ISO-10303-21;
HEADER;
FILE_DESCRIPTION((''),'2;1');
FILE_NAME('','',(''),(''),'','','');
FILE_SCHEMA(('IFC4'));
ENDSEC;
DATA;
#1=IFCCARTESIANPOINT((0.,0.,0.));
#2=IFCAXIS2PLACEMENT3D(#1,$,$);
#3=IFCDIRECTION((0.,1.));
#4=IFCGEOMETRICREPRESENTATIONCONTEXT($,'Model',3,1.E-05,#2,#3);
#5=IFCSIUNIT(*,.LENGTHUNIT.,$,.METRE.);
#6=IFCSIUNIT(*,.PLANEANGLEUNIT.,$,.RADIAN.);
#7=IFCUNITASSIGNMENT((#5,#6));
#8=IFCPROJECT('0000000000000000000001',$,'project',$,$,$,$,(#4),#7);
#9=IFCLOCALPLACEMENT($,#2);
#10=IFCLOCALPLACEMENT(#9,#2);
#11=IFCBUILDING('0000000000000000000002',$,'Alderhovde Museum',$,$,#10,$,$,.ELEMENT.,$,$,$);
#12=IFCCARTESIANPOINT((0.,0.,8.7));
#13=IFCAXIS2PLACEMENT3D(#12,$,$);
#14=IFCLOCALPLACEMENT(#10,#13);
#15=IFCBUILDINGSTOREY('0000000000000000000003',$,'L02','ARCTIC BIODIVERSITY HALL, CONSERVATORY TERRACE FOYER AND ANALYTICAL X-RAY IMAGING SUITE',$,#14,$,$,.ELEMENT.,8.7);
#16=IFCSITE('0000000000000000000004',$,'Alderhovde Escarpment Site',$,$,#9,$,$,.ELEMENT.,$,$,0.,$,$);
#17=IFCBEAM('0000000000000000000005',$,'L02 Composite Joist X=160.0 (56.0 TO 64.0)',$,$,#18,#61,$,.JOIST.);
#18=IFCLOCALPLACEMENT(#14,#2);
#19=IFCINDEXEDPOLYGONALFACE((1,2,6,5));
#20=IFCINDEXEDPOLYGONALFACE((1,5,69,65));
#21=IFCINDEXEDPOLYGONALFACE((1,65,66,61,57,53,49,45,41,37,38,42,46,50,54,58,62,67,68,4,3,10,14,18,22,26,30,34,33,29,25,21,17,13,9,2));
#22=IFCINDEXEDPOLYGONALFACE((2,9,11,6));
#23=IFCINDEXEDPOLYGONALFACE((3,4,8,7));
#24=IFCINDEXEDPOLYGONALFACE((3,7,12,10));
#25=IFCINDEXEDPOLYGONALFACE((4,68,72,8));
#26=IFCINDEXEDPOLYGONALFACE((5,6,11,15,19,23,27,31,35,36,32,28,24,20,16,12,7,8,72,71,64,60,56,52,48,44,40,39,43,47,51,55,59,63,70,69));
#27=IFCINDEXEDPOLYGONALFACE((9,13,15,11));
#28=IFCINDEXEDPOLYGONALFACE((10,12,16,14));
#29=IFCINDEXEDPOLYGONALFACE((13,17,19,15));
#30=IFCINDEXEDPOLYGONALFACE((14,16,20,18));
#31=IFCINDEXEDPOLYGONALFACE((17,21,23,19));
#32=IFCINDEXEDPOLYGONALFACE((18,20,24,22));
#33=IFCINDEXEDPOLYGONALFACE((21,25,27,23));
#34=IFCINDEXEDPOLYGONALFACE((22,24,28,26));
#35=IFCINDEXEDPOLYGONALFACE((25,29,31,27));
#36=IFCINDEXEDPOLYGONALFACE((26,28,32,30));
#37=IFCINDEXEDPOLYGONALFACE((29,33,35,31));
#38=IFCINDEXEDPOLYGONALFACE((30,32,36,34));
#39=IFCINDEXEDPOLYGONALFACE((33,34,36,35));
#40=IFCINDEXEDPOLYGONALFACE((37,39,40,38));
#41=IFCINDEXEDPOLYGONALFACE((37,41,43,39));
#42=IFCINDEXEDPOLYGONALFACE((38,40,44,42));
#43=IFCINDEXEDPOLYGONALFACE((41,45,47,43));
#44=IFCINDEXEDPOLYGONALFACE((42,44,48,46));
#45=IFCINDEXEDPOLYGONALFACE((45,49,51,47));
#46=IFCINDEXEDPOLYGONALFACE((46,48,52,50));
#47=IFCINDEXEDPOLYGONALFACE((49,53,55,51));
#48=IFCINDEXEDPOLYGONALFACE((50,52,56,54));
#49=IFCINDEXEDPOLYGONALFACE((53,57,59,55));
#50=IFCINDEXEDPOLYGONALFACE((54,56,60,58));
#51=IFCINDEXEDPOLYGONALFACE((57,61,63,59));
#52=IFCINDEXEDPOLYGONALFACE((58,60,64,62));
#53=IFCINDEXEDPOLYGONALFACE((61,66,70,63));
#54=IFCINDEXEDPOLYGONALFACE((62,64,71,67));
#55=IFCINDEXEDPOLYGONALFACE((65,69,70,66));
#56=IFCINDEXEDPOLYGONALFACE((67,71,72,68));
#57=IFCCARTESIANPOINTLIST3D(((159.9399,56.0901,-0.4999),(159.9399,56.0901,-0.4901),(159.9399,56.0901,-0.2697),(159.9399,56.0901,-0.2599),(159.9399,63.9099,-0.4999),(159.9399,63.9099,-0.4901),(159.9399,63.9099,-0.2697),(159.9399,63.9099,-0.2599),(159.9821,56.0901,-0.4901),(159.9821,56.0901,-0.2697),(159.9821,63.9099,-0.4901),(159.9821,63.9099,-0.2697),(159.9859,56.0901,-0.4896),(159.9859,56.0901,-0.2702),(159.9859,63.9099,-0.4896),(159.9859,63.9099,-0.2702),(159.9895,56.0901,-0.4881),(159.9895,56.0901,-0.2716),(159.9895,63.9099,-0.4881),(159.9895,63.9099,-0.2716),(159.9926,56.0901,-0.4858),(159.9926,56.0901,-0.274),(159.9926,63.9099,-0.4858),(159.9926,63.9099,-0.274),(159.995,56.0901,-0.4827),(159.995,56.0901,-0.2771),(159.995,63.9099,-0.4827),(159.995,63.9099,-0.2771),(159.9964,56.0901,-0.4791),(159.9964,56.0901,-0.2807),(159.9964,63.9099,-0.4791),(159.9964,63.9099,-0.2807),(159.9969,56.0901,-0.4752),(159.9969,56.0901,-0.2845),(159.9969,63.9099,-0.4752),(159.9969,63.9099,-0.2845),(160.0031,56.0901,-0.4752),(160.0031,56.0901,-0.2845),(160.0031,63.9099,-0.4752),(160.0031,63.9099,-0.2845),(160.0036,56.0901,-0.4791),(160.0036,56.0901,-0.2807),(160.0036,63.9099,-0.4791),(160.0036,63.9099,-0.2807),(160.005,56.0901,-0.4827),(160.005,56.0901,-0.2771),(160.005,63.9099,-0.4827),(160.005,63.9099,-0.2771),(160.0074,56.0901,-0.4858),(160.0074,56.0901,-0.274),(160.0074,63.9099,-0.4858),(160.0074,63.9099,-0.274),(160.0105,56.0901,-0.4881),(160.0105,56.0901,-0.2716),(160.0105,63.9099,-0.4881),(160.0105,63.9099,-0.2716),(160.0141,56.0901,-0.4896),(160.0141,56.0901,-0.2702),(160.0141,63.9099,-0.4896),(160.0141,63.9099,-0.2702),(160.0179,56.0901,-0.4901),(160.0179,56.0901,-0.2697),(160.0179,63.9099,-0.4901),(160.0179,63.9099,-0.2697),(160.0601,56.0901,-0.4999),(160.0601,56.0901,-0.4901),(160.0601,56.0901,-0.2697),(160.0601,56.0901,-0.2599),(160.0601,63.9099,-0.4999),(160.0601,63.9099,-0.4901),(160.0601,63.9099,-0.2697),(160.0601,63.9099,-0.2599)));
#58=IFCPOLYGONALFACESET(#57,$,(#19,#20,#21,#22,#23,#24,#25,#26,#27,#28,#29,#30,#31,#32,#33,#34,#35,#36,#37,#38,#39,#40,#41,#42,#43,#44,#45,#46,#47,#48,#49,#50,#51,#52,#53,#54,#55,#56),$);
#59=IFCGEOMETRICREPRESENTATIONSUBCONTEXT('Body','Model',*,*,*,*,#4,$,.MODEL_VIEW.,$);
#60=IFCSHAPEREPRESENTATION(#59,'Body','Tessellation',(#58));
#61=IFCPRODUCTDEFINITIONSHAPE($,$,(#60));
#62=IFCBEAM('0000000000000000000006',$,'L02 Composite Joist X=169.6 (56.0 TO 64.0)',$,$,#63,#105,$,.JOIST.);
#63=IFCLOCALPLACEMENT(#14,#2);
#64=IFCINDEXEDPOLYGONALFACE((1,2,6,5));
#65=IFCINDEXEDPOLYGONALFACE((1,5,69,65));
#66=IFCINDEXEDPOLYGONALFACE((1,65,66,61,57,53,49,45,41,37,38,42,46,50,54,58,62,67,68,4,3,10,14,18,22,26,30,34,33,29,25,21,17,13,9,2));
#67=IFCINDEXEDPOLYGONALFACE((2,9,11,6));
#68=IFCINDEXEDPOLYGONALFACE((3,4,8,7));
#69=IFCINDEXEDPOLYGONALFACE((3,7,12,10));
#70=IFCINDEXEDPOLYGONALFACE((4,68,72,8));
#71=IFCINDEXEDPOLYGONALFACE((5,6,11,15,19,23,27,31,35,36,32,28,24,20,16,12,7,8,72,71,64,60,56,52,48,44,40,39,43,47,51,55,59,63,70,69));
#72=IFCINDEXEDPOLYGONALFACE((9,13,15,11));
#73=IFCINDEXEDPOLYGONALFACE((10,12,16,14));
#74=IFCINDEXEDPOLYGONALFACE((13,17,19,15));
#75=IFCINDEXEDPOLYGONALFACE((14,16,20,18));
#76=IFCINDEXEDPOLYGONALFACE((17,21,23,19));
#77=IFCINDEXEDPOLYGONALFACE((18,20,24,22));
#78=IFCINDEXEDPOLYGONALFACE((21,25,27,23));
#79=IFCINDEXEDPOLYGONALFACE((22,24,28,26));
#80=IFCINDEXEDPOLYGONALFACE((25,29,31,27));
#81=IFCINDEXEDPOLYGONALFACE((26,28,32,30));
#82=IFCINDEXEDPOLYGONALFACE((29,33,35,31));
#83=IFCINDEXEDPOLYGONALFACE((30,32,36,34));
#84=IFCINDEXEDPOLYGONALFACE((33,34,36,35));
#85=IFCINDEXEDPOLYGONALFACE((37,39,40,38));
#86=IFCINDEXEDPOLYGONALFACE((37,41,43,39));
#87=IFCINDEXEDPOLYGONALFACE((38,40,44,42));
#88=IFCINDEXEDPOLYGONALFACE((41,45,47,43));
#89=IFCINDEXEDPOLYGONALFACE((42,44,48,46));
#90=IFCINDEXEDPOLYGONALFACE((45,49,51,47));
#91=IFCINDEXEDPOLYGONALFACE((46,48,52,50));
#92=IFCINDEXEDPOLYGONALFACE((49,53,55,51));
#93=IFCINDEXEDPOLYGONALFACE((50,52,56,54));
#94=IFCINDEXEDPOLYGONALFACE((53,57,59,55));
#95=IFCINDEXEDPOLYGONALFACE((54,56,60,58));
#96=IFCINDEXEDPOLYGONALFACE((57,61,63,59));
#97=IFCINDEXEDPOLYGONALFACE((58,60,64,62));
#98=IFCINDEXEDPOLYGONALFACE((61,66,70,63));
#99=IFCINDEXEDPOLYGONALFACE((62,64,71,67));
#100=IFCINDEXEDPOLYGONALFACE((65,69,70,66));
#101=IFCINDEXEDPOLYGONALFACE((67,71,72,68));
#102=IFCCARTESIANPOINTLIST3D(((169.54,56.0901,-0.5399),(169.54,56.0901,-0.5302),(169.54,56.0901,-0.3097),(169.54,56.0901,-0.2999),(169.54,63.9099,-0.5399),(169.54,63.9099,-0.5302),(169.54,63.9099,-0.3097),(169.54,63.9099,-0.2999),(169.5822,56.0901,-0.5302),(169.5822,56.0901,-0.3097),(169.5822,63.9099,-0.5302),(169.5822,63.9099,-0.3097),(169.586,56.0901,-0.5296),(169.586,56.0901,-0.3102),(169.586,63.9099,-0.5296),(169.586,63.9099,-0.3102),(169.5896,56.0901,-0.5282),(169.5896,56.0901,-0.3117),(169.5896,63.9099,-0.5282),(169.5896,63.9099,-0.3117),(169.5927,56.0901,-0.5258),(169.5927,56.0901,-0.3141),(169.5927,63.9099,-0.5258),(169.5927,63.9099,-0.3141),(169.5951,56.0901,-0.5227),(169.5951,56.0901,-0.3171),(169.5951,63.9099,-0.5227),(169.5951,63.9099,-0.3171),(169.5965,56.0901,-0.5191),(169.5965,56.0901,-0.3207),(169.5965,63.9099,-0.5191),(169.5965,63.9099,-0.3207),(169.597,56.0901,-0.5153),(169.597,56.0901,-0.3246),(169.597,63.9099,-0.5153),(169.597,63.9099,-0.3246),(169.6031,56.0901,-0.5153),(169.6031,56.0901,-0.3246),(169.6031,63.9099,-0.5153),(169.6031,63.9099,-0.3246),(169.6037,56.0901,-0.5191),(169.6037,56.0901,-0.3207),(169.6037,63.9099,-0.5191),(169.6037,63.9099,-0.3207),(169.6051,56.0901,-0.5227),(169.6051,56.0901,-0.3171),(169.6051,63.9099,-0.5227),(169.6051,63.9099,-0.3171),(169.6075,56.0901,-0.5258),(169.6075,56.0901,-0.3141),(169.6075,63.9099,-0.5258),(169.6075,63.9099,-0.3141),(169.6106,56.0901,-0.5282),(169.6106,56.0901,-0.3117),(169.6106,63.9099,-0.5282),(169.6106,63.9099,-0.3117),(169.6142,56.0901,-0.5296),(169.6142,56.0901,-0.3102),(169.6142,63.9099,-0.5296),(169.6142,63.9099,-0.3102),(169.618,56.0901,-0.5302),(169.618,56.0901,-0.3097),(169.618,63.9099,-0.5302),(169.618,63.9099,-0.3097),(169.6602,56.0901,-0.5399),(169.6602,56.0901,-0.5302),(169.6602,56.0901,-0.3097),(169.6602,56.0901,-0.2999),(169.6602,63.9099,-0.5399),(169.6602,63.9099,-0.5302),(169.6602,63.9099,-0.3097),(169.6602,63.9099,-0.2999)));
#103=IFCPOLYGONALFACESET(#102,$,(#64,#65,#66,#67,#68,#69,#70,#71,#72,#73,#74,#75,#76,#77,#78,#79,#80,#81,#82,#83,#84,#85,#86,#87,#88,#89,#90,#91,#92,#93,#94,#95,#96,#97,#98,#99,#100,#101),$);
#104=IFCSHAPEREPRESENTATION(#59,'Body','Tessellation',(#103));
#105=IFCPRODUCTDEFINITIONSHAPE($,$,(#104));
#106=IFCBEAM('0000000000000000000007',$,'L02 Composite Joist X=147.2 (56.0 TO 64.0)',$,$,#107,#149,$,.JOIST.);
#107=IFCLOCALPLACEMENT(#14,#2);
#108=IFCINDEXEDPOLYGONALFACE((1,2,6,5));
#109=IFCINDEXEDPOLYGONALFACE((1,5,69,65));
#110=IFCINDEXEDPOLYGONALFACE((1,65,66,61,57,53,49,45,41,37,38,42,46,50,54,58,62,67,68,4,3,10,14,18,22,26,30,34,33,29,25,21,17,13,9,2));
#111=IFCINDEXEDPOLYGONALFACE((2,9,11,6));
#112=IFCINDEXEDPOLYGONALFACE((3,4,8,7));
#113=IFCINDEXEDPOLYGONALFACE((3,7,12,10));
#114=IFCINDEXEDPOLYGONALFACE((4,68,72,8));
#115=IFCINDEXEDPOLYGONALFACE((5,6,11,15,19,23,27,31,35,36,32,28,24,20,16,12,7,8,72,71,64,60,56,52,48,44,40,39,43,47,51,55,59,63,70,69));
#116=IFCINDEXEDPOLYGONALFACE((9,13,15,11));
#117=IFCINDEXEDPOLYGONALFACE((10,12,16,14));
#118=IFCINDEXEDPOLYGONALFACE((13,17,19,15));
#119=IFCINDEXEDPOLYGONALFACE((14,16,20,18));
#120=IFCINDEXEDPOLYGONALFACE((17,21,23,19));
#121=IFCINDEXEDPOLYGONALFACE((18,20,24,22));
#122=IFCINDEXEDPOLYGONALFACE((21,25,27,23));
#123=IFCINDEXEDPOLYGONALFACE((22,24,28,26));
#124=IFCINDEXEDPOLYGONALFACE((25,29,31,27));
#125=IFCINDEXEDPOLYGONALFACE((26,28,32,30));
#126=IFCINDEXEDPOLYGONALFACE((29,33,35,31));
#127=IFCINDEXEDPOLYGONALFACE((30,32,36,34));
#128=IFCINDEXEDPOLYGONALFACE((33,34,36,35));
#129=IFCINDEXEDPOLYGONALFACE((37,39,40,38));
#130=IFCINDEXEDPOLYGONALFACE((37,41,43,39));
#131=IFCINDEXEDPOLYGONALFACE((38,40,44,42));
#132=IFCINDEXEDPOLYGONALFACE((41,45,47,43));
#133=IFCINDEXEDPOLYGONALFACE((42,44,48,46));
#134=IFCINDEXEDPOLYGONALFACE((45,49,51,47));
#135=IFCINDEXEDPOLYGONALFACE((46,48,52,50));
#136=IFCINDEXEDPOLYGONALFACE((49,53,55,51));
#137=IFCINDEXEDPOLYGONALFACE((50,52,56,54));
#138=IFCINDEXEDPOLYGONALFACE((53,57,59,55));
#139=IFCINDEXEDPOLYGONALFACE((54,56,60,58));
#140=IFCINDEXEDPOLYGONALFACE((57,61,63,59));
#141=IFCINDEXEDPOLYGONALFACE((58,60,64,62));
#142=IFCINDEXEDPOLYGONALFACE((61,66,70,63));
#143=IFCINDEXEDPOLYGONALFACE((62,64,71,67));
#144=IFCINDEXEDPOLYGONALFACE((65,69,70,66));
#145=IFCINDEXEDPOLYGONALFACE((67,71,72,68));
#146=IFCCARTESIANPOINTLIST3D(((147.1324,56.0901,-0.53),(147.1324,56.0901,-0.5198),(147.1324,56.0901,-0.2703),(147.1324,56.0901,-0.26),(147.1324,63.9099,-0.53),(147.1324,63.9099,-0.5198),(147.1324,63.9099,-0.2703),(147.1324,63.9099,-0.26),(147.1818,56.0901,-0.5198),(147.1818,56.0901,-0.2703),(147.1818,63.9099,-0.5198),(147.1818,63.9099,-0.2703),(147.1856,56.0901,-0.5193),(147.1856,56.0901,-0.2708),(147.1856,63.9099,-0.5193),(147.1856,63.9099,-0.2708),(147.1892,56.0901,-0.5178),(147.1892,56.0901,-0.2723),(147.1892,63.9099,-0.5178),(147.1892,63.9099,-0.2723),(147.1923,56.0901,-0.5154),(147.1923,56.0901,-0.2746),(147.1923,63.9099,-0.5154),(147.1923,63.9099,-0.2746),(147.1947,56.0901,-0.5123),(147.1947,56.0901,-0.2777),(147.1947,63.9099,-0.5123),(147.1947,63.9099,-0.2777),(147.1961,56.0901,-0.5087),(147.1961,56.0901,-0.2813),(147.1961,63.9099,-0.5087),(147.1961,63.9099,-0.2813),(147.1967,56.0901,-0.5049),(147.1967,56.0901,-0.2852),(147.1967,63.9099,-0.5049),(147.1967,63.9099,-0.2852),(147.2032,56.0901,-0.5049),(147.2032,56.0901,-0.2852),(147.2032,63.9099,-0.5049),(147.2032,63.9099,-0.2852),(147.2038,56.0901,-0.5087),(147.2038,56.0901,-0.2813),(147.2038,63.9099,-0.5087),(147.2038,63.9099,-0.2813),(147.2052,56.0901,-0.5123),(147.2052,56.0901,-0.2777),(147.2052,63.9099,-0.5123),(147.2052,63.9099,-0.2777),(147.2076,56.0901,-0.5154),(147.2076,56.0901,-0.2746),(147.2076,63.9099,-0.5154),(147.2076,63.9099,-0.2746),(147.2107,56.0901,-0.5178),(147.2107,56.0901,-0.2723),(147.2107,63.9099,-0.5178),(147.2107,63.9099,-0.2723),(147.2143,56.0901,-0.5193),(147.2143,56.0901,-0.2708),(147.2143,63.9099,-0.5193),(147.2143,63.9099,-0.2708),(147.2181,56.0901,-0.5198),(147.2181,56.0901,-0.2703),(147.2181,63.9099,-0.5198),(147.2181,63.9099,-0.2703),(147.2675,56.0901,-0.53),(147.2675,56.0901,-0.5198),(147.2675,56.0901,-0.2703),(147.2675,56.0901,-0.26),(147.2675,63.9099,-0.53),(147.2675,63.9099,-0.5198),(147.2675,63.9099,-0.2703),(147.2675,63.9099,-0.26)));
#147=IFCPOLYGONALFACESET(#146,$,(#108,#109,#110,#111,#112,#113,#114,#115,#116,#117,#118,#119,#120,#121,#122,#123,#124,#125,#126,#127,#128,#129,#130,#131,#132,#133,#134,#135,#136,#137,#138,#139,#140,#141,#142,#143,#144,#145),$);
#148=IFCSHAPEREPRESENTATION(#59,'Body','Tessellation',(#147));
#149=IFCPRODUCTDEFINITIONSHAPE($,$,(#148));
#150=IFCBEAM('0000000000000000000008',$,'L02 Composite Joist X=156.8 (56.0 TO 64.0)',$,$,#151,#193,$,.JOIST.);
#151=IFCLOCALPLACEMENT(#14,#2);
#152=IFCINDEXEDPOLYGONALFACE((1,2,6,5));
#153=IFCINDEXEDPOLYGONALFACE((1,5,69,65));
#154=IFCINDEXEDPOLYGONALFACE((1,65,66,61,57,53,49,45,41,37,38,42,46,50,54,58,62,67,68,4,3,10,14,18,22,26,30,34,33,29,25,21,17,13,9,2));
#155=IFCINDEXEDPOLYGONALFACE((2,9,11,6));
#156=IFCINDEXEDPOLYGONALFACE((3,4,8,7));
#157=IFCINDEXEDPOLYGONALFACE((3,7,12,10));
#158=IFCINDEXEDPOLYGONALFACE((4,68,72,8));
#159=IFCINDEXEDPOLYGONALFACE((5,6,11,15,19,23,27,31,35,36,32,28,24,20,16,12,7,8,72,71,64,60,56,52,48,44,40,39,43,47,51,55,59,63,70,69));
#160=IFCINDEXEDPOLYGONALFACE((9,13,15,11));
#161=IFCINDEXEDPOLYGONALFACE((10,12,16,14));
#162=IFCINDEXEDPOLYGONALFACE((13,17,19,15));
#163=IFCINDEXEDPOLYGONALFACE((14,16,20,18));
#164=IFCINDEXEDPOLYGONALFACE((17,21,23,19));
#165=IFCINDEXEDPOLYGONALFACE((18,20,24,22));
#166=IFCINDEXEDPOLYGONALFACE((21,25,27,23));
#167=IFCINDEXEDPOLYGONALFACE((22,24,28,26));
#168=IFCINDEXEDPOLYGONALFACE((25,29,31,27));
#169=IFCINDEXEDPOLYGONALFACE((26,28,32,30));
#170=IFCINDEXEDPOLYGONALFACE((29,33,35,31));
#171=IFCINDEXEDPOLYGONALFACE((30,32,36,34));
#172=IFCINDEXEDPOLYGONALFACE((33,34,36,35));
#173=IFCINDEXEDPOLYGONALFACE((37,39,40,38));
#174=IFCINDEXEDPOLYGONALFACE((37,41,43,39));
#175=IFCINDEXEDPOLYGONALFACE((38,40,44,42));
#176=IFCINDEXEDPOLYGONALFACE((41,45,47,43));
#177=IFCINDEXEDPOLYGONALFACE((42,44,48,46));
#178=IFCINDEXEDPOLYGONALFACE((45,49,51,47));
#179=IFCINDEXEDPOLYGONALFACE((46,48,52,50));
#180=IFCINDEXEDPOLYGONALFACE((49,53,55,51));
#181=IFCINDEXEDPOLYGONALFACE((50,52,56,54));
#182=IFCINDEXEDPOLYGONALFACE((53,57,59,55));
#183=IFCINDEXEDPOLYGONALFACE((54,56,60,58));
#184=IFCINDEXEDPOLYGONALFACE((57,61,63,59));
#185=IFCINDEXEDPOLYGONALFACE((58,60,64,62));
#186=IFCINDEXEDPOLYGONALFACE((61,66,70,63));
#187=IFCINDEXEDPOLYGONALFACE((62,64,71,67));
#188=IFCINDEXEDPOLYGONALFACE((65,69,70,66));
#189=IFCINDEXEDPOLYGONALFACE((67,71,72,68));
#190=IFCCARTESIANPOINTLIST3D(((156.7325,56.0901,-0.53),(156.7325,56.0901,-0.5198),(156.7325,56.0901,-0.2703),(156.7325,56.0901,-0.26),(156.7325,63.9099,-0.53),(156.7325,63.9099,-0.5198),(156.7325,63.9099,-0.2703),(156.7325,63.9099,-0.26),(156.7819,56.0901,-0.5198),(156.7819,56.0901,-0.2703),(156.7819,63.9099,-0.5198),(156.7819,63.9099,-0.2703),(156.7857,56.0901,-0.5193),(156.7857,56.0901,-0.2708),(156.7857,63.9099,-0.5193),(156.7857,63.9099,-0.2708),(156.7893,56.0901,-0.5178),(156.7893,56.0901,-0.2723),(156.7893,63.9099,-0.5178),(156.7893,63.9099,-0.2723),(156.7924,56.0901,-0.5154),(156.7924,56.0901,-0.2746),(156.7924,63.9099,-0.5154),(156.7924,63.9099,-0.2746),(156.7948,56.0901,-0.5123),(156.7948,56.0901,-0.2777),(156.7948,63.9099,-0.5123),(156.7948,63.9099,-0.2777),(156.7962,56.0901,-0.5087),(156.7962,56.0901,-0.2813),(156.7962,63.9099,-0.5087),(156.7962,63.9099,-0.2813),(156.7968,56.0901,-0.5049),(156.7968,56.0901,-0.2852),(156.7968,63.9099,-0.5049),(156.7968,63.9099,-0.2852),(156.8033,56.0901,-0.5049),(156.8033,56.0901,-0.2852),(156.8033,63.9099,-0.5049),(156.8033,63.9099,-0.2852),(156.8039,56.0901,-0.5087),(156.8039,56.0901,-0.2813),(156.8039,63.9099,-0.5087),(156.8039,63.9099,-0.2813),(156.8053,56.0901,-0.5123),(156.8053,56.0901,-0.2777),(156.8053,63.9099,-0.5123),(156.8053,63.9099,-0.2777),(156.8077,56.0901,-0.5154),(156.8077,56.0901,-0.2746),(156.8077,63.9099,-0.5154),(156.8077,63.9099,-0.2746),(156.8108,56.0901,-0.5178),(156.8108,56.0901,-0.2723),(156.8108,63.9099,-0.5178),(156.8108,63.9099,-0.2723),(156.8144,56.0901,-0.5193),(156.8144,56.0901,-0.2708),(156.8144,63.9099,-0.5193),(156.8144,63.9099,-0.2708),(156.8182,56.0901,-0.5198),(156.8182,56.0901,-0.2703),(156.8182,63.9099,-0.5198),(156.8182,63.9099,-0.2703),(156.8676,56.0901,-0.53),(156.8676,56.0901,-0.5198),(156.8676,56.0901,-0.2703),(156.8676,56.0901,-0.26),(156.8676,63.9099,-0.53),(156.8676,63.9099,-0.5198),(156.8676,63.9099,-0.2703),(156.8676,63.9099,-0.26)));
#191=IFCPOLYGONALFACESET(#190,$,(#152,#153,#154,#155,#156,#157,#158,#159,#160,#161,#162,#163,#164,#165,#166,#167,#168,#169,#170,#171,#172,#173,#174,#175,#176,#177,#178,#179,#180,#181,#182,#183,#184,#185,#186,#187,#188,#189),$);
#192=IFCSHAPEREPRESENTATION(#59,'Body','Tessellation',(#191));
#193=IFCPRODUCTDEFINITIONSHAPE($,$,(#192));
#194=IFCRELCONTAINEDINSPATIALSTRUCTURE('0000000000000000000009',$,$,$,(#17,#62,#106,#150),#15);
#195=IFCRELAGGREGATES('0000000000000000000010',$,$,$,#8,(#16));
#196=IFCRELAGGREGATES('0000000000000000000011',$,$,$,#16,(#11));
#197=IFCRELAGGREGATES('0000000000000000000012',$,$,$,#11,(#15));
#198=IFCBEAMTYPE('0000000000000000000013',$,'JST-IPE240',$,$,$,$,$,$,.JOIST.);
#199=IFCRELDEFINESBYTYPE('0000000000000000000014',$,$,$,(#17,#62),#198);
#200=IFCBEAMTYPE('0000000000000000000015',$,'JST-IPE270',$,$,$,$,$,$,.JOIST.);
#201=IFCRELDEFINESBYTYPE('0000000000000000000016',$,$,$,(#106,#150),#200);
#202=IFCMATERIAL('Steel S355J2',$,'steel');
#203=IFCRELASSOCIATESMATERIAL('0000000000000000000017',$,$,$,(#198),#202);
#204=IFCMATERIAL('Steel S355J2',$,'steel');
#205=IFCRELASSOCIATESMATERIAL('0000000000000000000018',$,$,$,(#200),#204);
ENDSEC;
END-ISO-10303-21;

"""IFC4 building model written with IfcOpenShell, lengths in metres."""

from ifc_helpers import new_model, si_unit, direction, frame, origin, origin_2d, place, context, subcontext, project, spatial, i_section, extrude, material, material_profile, profile_set, type_object, element, save


model = new_model("IFC4")

# Units and contexts
model_context = context("Model", 3, precision=1e-05, world=origin(), true_north=direction((0.0, 1.0)))
body_context = subcontext(model_context, "Body", "Model", "MODEL_VIEW")
ifc_project = project(units=[si_unit("LENGTHUNIT", "METRE"), si_unit("PLANEANGLEUNIT", "RADIAN")], contexts=[model_context])

# Site, building, storey
site_placement = place(None, origin())
site = spatial("IfcSite", under=ifc_project, at=site_placement, Name="Alderhovde Escarpment Site", CompositionType="ELEMENT", RefElevation=0.0)
building_placement = place(site_placement, origin())
building = spatial("IfcBuilding", under=site, at=building_placement, Name="Alderhovde Museum", CompositionType="ELEMENT")
storey_placement = place(building_placement, frame((0.0, 0.0, 8.7)))
storey = spatial("IfcBuildingStorey", under=building, at=storey_placement, Name="L02", Description="ARCTIC BIODIVERSITY HALL, CONSERVATORY TERRACE FOYER AND ANALYTICAL X-RAY IMAGING SUITE", CompositionType="ELEMENT", Elevation=8.7)

# Beams
ifc_material_1 = material(Name="Steel S355J2", Category="steel")
ifc_material_profile_1 = material_profile(ifc_material_1, i_section(OverallWidth=0.1201, OverallDepth=0.24, WebThickness=0.0061, FlangeThickness=0.0098, FilletRadius=0.0149, at=origin_2d()), Name="IPE 240")
ifc_profile_set_1 = profile_set([ifc_material_profile_1], Name="Steel S355J2")
beam_type_1 = type_object("IfcBeamType", Name="JST-IPE240", PredefinedType="JOIST", material=ifc_profile_set_1)
for number, where, z_axis, x_axis, name in (
    (1, (160.0, 56.0901, -0.3799), (0.0, 1.0, 0.0), (-1.0, 0.0, 0.0), "L02 Composite Joist X=160.0 (56.0 TO 64.0)"),
    (2, (169.6001, 56.0901, -0.4199), (0.0, 1.0, 0.0), (-1.0, 0.0, 0.0), "L02 Composite Joist X=169.6 (56.0 TO 64.0)"),
):
    element("IfcBeam", number, at=place(storey_placement, frame(where, z_axis=z_axis, x_axis=x_axis)), inside=storey, type_object=beam_type_1, Name=name, PredefinedType="JOIST", context=body_context, shape_type="SweptSolid", body=[
        extrude(i_section(OverallWidth=0.1201, OverallDepth=0.24, WebThickness=0.0061, FlangeThickness=0.0098, FilletRadius=0.0149, at=origin_2d()), origin(), (0.0, 0.0, 1.0), 7.8198),
    ])
ifc_material_2 = material(Name="Steel S355J2", Category="steel")
ifc_material_profile_2 = material_profile(ifc_material_2, i_section(OverallWidth=0.135, OverallDepth=0.27, WebThickness=0.0066, FlangeThickness=0.0103, FilletRadius=0.0149, at=origin_2d()), Name="IPE 270")
ifc_profile_set_2 = profile_set([ifc_material_profile_2], Name="Steel S355J2")
beam_type_2 = type_object("IfcBeamType", Name="JST-IPE270", PredefinedType="JOIST", material=ifc_profile_set_2)
for number, where, z_axis, x_axis, name in (
    (3, (147.2, 56.0901, -0.395), (0.0, 1.0, 0.0), (-1.0, 0.0, 0.0), "L02 Composite Joist X=147.2 (56.0 TO 64.0)"),
    (4, (156.8, 56.0901, -0.395), (0.0, 1.0, 0.0), (-1.0, 0.0, 0.0), "L02 Composite Joist X=156.8 (56.0 TO 64.0)"),
):
    element("IfcBeam", number, at=place(storey_placement, frame(where, z_axis=z_axis, x_axis=x_axis)), inside=storey, type_object=beam_type_2, Name=name, PredefinedType="JOIST", context=body_context, shape_type="SweptSolid", body=[
        extrude(i_section(OverallWidth=0.135, OverallDepth=0.27, WebThickness=0.0066, FlangeThickness=0.0103, FilletRadius=0.0149, at=origin_2d()), origin(), (0.0, 0.0, 1.0), 7.8198),
    ])

save(model, "model.ifc")
